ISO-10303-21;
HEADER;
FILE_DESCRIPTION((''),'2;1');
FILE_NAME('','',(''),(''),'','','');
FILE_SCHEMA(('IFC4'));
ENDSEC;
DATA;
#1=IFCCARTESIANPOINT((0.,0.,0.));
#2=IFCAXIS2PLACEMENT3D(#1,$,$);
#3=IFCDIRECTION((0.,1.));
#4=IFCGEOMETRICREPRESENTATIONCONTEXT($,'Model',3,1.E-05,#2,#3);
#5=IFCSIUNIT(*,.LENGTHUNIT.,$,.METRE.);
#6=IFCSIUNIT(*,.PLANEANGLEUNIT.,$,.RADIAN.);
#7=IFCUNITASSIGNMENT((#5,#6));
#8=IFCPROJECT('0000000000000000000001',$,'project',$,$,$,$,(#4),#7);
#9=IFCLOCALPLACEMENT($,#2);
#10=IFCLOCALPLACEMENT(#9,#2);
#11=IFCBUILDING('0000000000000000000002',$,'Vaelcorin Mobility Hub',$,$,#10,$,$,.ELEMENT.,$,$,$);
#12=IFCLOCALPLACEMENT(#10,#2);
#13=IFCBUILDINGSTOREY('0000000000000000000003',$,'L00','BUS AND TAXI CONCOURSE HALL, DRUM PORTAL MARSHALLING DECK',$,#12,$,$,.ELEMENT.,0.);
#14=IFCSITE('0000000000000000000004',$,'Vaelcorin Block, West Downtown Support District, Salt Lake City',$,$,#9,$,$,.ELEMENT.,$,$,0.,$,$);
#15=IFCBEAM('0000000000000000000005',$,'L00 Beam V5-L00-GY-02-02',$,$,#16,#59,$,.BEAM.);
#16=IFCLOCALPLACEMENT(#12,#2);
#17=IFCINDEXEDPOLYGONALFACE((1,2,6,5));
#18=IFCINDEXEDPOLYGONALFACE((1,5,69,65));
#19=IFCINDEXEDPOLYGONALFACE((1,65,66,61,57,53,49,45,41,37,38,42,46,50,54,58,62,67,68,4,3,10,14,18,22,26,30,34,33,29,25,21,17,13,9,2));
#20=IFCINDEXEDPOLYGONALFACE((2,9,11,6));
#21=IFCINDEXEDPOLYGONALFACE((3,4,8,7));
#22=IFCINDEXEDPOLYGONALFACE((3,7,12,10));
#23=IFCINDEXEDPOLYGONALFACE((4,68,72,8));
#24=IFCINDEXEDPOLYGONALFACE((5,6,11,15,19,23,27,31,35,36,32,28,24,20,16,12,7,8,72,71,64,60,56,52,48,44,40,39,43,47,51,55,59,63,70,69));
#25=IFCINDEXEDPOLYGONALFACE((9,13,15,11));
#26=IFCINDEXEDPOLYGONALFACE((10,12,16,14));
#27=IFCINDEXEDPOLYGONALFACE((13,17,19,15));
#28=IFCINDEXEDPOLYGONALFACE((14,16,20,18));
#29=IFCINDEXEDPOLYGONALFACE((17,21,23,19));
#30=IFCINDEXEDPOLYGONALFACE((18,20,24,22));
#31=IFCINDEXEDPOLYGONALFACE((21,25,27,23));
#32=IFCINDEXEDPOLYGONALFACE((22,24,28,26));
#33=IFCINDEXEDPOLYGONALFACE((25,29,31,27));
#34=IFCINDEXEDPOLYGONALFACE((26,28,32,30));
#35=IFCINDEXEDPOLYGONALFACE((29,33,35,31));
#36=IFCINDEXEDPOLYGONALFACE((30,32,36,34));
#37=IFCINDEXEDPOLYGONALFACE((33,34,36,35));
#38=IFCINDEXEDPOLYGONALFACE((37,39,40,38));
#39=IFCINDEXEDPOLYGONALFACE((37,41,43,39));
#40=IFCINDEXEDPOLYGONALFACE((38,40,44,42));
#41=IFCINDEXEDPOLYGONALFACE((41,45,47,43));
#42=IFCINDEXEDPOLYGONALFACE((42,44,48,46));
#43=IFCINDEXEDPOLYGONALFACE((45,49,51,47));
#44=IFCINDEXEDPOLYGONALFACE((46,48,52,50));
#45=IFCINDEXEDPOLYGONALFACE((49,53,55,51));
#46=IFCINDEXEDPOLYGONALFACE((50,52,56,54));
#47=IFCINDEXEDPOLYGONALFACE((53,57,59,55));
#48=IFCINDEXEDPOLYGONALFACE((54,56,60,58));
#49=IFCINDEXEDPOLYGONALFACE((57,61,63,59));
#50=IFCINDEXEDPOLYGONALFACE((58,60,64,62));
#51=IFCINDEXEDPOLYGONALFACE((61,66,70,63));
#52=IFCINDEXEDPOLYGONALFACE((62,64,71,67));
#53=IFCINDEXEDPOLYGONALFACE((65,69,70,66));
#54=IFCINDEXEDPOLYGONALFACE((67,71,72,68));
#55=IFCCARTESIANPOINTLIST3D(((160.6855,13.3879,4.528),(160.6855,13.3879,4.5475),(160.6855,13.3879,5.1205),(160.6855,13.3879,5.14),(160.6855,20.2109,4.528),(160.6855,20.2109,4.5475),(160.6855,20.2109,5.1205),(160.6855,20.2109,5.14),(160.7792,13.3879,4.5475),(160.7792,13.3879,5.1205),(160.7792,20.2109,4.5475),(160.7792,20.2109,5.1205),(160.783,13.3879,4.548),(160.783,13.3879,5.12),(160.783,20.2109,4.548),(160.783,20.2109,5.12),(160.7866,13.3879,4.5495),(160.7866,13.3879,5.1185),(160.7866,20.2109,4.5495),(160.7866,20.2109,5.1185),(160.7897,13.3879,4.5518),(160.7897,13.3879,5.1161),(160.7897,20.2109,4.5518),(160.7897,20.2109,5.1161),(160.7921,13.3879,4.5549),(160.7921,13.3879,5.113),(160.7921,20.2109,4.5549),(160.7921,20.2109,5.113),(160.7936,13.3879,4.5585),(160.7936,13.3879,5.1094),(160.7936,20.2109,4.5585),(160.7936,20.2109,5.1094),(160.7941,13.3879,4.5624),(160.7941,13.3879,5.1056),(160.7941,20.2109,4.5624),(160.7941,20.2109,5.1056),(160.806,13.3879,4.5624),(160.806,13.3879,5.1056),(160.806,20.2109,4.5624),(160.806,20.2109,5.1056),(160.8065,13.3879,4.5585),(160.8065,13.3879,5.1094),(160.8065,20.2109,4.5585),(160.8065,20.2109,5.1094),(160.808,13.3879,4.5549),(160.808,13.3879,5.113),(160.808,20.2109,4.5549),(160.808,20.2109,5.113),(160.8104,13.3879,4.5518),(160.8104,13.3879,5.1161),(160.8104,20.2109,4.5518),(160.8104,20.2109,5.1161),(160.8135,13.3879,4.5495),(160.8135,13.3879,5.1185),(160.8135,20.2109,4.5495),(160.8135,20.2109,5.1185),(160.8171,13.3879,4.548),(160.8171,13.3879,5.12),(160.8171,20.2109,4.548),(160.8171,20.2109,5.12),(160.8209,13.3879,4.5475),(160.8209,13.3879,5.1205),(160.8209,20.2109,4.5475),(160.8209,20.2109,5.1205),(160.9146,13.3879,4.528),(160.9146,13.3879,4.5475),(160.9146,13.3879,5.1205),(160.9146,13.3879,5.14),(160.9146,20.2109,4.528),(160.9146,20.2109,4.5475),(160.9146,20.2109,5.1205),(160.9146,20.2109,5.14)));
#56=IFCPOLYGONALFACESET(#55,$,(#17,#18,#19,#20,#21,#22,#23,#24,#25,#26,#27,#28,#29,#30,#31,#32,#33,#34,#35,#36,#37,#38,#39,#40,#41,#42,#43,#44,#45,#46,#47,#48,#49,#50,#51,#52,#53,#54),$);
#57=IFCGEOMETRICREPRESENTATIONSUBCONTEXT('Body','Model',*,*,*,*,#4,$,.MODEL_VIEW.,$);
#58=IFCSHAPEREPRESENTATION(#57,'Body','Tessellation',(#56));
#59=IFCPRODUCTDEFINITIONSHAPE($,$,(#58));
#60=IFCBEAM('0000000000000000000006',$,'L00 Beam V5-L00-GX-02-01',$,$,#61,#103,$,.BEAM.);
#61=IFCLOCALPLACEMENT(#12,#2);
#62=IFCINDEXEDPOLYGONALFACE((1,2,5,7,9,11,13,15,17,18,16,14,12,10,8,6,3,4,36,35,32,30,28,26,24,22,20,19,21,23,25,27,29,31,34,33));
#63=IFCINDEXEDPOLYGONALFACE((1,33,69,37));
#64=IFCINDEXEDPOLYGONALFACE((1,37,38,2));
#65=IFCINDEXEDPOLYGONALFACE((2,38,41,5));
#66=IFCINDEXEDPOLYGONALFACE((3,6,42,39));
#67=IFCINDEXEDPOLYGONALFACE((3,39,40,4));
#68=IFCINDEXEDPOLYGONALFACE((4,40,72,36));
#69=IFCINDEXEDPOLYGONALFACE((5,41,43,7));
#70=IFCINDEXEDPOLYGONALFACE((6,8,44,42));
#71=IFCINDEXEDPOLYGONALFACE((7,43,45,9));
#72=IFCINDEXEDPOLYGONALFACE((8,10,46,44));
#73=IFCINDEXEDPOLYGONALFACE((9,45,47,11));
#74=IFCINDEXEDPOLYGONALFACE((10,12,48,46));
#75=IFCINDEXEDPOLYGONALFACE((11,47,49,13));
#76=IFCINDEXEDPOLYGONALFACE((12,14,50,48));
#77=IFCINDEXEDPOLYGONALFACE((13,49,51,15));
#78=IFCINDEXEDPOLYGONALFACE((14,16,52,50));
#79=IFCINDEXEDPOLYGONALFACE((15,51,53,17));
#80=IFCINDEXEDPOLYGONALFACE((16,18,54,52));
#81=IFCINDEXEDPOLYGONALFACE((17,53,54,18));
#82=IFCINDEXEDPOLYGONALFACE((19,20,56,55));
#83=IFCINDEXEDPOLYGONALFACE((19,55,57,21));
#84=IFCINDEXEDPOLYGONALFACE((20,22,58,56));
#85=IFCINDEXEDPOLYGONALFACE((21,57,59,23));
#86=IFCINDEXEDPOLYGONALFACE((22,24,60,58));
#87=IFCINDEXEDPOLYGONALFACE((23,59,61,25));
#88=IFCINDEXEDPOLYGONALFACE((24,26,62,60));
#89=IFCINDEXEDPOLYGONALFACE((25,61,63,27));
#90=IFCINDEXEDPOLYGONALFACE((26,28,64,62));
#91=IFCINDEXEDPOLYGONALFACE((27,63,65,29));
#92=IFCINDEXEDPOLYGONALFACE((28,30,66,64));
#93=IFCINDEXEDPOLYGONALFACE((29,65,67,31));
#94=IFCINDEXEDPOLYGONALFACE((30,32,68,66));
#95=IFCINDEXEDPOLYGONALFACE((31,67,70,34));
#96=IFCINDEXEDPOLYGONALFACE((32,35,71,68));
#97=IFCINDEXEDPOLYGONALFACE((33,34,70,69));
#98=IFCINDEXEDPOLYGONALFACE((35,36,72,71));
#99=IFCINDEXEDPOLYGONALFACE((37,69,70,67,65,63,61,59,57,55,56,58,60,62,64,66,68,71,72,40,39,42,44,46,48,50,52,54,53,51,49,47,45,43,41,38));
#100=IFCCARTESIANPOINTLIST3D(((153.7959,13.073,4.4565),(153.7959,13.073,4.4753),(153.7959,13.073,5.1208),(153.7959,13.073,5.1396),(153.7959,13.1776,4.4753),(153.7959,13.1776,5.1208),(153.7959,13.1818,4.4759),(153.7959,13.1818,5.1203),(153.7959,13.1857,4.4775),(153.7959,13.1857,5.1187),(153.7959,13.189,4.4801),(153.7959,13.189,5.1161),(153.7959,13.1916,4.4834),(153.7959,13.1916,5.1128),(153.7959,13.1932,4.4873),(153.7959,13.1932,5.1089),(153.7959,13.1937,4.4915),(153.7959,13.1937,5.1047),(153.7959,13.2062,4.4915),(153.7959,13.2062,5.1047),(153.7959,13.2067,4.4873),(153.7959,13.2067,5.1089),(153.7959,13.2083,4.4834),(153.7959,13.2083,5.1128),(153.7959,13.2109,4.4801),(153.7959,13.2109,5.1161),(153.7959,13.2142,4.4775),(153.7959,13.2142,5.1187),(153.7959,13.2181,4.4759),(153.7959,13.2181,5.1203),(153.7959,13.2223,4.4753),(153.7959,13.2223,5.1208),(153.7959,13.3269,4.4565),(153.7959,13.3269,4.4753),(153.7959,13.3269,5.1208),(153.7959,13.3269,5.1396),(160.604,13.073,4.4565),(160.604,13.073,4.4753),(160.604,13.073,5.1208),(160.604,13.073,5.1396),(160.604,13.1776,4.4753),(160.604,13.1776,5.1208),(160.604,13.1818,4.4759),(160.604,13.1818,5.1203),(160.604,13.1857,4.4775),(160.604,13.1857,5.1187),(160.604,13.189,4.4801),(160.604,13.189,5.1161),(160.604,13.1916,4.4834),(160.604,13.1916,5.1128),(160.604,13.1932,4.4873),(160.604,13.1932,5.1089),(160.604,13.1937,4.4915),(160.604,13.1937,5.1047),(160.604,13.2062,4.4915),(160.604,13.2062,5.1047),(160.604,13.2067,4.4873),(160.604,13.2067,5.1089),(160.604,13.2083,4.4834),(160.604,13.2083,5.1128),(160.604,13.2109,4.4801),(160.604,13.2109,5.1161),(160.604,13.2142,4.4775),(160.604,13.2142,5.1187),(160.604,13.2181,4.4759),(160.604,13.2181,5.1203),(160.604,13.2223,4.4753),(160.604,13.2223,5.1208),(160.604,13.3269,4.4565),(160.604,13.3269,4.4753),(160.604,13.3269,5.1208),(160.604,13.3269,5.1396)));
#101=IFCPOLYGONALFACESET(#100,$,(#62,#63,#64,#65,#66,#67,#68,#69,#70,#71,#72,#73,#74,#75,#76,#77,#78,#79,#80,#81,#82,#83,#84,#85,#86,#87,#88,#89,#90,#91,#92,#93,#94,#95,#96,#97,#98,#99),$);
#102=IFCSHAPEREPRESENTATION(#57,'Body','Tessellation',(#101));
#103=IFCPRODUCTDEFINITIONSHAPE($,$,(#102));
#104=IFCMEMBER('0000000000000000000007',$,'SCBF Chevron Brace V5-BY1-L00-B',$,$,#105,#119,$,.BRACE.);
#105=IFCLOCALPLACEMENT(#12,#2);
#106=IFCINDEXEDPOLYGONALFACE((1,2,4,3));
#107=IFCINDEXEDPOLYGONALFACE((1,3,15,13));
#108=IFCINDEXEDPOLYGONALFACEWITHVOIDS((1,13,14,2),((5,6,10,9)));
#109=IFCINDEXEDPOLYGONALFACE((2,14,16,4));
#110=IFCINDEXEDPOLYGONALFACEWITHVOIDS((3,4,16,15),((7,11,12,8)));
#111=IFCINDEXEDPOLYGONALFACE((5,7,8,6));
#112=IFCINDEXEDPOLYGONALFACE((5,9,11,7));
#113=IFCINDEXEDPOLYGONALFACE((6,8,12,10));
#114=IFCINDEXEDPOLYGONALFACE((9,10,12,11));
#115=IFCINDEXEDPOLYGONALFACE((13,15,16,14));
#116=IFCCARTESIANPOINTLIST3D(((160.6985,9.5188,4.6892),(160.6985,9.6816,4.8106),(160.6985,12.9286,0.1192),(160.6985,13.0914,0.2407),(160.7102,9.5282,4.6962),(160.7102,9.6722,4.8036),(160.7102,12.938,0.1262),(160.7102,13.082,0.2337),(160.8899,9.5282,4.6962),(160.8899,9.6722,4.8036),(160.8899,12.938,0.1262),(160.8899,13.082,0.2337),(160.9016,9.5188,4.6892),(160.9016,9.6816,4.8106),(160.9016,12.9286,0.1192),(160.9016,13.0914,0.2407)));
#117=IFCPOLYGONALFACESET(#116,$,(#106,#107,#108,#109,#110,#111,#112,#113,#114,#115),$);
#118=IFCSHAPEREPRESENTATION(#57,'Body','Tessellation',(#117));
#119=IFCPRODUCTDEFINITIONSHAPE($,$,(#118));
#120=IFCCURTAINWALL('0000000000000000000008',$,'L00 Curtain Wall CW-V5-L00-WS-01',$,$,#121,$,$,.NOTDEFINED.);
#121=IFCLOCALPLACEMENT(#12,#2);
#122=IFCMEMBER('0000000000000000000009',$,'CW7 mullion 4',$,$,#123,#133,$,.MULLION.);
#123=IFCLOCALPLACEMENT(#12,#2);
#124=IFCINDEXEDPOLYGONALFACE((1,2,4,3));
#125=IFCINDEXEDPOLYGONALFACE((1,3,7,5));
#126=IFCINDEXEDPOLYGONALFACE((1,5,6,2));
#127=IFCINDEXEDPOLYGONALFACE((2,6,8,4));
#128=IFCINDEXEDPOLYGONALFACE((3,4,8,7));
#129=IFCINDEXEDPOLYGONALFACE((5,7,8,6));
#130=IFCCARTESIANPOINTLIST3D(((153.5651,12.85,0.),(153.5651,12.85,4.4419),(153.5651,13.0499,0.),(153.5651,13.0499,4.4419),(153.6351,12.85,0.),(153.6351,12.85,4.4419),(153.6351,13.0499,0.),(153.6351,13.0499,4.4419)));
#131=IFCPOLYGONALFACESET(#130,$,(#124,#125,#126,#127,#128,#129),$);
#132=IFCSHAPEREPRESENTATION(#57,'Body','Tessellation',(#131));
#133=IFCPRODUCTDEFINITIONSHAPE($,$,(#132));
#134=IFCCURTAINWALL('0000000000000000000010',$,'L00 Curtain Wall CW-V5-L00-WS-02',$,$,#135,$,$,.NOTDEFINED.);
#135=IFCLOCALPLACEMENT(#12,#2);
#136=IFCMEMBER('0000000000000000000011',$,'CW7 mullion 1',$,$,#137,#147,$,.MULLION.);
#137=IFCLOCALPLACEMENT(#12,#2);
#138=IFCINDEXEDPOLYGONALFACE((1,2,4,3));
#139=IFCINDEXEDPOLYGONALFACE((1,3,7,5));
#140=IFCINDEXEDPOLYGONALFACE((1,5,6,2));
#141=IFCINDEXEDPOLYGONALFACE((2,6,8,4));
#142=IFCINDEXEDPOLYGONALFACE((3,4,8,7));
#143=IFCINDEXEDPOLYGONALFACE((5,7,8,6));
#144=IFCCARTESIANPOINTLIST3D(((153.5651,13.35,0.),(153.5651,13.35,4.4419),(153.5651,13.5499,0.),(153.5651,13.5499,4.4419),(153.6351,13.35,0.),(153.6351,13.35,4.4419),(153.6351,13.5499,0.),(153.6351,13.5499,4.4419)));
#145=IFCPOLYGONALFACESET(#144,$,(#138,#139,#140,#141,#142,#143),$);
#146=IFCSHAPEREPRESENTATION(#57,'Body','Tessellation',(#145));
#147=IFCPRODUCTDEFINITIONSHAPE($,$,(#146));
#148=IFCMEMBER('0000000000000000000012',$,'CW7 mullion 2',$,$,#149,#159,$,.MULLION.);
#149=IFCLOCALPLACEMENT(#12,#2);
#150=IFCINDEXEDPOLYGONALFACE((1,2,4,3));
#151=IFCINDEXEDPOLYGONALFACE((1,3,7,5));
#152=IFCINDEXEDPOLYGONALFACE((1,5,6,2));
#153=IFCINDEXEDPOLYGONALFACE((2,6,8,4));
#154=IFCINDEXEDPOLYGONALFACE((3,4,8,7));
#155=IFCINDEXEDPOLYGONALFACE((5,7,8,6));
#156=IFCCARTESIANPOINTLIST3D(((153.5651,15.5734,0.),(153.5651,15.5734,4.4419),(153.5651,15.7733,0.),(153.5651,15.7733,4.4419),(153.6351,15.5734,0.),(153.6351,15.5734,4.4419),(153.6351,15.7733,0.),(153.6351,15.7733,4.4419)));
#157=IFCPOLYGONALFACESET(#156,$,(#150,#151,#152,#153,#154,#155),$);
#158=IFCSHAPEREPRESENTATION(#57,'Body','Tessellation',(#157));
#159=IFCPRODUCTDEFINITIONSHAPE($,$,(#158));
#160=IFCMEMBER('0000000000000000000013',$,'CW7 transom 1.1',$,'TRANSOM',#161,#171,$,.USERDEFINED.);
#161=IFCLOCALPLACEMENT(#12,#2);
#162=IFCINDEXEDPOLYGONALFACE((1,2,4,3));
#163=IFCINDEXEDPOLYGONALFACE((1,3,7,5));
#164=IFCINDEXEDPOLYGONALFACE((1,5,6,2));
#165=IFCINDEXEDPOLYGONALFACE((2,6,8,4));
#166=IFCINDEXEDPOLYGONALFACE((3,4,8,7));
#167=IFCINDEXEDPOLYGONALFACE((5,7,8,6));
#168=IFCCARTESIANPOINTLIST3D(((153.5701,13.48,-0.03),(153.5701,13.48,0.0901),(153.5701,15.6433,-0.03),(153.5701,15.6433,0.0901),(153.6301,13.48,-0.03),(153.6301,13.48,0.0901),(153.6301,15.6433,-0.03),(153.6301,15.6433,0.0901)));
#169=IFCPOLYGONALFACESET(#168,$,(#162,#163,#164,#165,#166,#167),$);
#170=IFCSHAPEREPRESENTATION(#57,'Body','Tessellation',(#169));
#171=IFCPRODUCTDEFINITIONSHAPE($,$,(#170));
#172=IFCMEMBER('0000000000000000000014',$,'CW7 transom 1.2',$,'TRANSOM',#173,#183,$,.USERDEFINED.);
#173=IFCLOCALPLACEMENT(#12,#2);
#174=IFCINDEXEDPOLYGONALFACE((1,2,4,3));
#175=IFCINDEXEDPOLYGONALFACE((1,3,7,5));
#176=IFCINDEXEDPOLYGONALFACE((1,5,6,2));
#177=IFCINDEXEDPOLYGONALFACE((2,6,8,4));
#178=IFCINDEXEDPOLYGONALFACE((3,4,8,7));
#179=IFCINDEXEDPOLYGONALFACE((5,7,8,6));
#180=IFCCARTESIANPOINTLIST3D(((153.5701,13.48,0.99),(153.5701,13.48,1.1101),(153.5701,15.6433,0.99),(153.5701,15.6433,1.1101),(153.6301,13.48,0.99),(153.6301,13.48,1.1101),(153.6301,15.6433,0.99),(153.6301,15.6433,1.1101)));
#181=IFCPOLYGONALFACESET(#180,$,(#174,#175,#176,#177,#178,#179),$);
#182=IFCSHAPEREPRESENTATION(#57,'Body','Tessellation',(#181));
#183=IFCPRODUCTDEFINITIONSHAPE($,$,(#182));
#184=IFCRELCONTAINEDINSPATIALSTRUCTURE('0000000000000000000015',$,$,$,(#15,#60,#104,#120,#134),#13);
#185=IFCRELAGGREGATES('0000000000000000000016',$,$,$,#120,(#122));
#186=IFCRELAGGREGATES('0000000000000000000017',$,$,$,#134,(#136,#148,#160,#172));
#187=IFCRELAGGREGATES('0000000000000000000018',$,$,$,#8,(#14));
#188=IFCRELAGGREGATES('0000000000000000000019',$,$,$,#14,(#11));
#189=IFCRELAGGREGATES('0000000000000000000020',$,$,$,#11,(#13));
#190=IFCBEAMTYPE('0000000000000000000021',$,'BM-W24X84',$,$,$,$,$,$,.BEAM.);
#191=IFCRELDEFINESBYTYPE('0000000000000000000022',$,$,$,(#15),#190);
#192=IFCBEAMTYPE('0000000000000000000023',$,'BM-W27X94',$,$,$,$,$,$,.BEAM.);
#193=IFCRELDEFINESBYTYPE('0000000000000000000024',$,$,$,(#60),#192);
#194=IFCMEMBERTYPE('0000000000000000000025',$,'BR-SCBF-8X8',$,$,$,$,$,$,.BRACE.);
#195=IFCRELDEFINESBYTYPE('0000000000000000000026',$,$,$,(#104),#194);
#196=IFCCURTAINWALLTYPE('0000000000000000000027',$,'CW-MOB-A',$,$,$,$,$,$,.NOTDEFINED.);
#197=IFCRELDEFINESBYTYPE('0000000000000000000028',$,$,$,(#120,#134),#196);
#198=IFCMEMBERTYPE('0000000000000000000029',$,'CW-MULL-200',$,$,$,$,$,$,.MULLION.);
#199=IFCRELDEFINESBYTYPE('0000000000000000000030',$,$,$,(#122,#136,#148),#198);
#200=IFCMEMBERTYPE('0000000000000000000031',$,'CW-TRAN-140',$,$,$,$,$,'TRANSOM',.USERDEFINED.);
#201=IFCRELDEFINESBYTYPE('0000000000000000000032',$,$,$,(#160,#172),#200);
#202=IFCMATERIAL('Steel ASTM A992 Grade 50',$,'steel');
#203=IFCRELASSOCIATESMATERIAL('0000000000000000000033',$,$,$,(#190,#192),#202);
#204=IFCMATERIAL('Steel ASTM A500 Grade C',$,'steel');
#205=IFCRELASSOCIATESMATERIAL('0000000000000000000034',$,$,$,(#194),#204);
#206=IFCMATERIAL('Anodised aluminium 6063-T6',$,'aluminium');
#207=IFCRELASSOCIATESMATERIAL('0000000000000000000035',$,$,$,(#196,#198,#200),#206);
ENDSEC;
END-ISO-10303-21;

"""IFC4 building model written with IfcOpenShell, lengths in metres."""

from ifc_helpers import new_model, si_unit, direction, frame, origin, origin_2d, place, context, subcontext, project, spatial, rectangle, hollow_rectangle, i_section, extrude, material, material_profile, profile_set, type_object, element, aggregate, save


model = new_model("IFC4")

# Units and contexts
model_context = context("Model", 3, precision=1e-05, world=origin(), true_north=direction((0.0, 1.0)))
body_context = subcontext(model_context, "Body", "Model", "MODEL_VIEW")
ifc_project = project(units=[si_unit("LENGTHUNIT", "METRE"), si_unit("PLANEANGLEUNIT", "RADIAN")], contexts=[model_context])

# Site, building, storey
site_placement = place(None, origin())
site = spatial("IfcSite", under=ifc_project, at=site_placement, Name="Vaelcorin Block, West Downtown Support District, Salt Lake City", CompositionType="ELEMENT", RefElevation=0.0)
building_placement = place(site_placement, origin())
building = spatial("IfcBuilding", under=site, at=building_placement, Name="Vaelcorin Mobility Hub", CompositionType="ELEMENT")
storey_placement = place(building_placement, origin())
storey = spatial("IfcBuildingStorey", under=building, at=storey_placement, Name="L00", Description="BUS AND TAXI CONCOURSE HALL, DRUM PORTAL MARSHALLING DECK", CompositionType="ELEMENT", Elevation=0.0)

# Shared definitions
ifc_material_1 = material(Name="Steel ASTM A992 Grade 50", Category="steel")

# Beams
ifc_material_profile_1 = material_profile(ifc_material_1, i_section(OverallWidth=0.229, OverallDepth=0.6121, WebThickness=0.012, FlangeThickness=0.0195, FilletRadius=0.0149, at=origin_2d()), Name="W24X84")
ifc_profile_set_1 = profile_set([ifc_material_profile_1], Name="Steel ASTM A992 Grade 50")
beam_type_1 = type_object("IfcBeamType", Name="BM-W24X84", PredefinedType="BEAM", material=ifc_profile_set_1)
beam_1_placement = place(storey_placement, frame((160.8, 13.3879, 4.834), z_axis=(0.0, 1.0, 0.0), x_axis=(-1.0, 0.0, 0.0)))
element("IfcBeam", 1, at=beam_1_placement, inside=storey, type_object=beam_type_1, Name="L00 Beam V5-L00-GY-02-02", PredefinedType="BEAM", context=body_context, shape_type="SweptSolid", body=[
    extrude(i_section(OverallWidth=0.229, OverallDepth=0.6121, WebThickness=0.012, FlangeThickness=0.0195, FilletRadius=0.0149, at=origin_2d()), origin(), (0.0, 0.0, 1.0), 6.823),
])
ifc_material_profile_2 = material_profile(ifc_material_1, i_section(OverallWidth=0.2539, OverallDepth=0.6831, WebThickness=0.0125, FlangeThickness=0.0188, FilletRadius=0.0161, at=origin_2d()), Name="W27X94")
ifc_profile_set_2 = profile_set([ifc_material_profile_2], Name="Steel ASTM A992 Grade 50")
beam_type_2 = type_object("IfcBeamType", Name="BM-W27X94", PredefinedType="BEAM", material=ifc_profile_set_2)
beam_2_placement = place(storey_placement, frame((153.7959, 13.2, 4.7981), z_axis=(1.0, 0.0, 0.0), x_axis=(0.0, 1.0, 0.0)))
element("IfcBeam", 2, at=beam_2_placement, inside=storey, type_object=beam_type_2, Name="L00 Beam V5-L00-GX-02-01", PredefinedType="BEAM", context=body_context, shape_type="SweptSolid", body=[
    extrude(i_section(OverallWidth=0.2539, OverallDepth=0.6831, WebThickness=0.0125, FlangeThickness=0.0188, FilletRadius=0.0161, at=origin_2d()), origin(), (0.0, 0.0, 1.0), 6.8081),
])

# Member
ifc_material_2 = material(Name="Steel ASTM A500 Grade C", Category="steel")
ifc_material_profile_3 = material_profile(ifc_material_2, hollow_rectangle(XDim=0.2031, YDim=0.2031, WallThickness=0.0117, at=origin_2d()), Name="HSS8X8X0.500")
ifc_profile_set_3 = profile_set([ifc_material_profile_3], Name="Steel ASTM A500 Grade C")
member_type_1 = type_object("IfcMemberType", Name="BR-SCBF-8X8", PredefinedType="BRACE", material=ifc_profile_set_3)
member_1_placement = place(storey_placement, frame((160.8, 13.01, 0.1799), z_axis=(0.0, -0.598018, 0.801482), x_axis=(1.0, 0.0, 0.0)))
element("IfcMember", 3, at=member_1_placement, inside=storey, type_object=member_type_1, Name="SCBF Chevron Brace V5-BY1-L00-B", PredefinedType="BRACE", context=body_context, shape_type="SweptSolid", body=[
    extrude(hollow_rectangle(XDim=0.2031, YDim=0.2031, WallThickness=0.0117, at=origin_2d()), origin(), (0.0, 0.0, 1.0), 5.7019),
])

# Curtain wall, member
ifc_material_3 = material(Name="Anodised aluminium 6063-T6", Category="aluminium")
curtain_wall_type = type_object("IfcCurtainWallType", Name="CW-MOB-A", PredefinedType="NOTDEFINED", material=ifc_material_3)
curtain_wall_1_placement = place(storey_placement, origin())
curtain_wall_1 = element("IfcCurtainWall", 4, at=curtain_wall_1_placement, inside=storey, type_object=curtain_wall_type, Name="L00 Curtain Wall CW-V5-L00-WS-01", PredefinedType="NOTDEFINED")
ifc_material_profile_4 = material_profile(ifc_material_3, rectangle(XDim=0.0701, YDim=0.2, at=origin_2d()), Name="ALU-M70X200")
ifc_profile_set_4 = profile_set([ifc_material_profile_4], Name="Anodised aluminium 6063-T6")
member_type_2 = type_object("IfcMemberType", Name="CW-MULL-200", PredefinedType="MULLION", material=ifc_profile_set_4)
member_2_placement = place(storey_placement, frame((153.6001, 12.95, 0.0), z_axis=(0.0, 0.0, 1.0), x_axis=(-1.0, 0.0, 0.0)))
member_2 = element("IfcMember", 5, at=member_2_placement, type_object=member_type_2, Name="CW7 mullion 4", PredefinedType="MULLION", context=body_context, shape_type="SweptSolid", body=[
    extrude(rectangle(XDim=0.0701, YDim=0.2, at=origin_2d()), origin(), (0.0, 0.0, 1.0), 4.4419),
])

# Curtain wall, members
curtain_wall_2_placement = place(storey_placement, origin())
curtain_wall_2 = element("IfcCurtainWall", 6, at=curtain_wall_2_placement, inside=storey, type_object=curtain_wall_type, Name="L00 Curtain Wall CW-V5-L00-WS-02", PredefinedType="NOTDEFINED")
member_3_placement = place(storey_placement, frame((153.6001, 13.45, 0.0), z_axis=(0.0, 0.0, 1.0), x_axis=(-1.0, 0.0, 0.0)))
member_3 = element("IfcMember", 7, at=member_3_placement, type_object=member_type_2, Name="CW7 mullion 1", PredefinedType="MULLION", context=body_context, shape_type="SweptSolid", body=[
    extrude(rectangle(XDim=0.0701, YDim=0.2, at=origin_2d()), origin(), (0.0, 0.0, 1.0), 4.4419),
])
member_4_placement = place(storey_placement, frame((153.6001, 15.6733, 0.0), z_axis=(0.0, 0.0, 1.0), x_axis=(-1.0, 0.0, 0.0)))
member_4 = element("IfcMember", 8, at=member_4_placement, type_object=member_type_2, Name="CW7 mullion 2", PredefinedType="MULLION", context=body_context, shape_type="SweptSolid", body=[
    extrude(rectangle(XDim=0.0701, YDim=0.2, at=origin_2d()), origin(), (0.0, 0.0, 1.0), 4.4419),
])
ifc_material_profile_5 = material_profile(ifc_material_3, rectangle(XDim=0.0601, YDim=0.1201, at=origin_2d()), Name="ALU-T60X120")
ifc_profile_set_5 = profile_set([ifc_material_profile_5], Name="Anodised aluminium 6063-T6")
member_type_3 = type_object("IfcMemberType", Name="CW-TRAN-140", ElementType="TRANSOM", PredefinedType="USERDEFINED", material=ifc_profile_set_5)
member_5_placement = place(storey_placement, frame((153.6001, 13.48, 0.03), z_axis=(0.0, 1.0, 0.0), x_axis=(-1.0, 0.0, 0.0)))
member_5 = element("IfcMember", 9, at=member_5_placement, type_object=member_type_3, Name="CW7 transom 1.1", ObjectType="TRANSOM", PredefinedType="USERDEFINED", context=body_context, shape_type="SweptSolid", body=[
    extrude(rectangle(XDim=0.0601, YDim=0.1201, at=origin_2d()), origin(), (0.0, 0.0, 1.0), 2.1633),
])
member_6_placement = place(storey_placement, frame((153.6001, 13.48, 1.05), z_axis=(0.0, 1.0, 0.0), x_axis=(-1.0, 0.0, 0.0)))
member_6 = element("IfcMember", 10, at=member_6_placement, type_object=member_type_3, Name="CW7 transom 1.2", ObjectType="TRANSOM", PredefinedType="USERDEFINED", context=body_context, shape_type="SweptSolid", body=[
    extrude(rectangle(XDim=0.0601, YDim=0.1201, at=origin_2d()), origin(), (0.0, 0.0, 1.0), 2.1633),
])

aggregate(curtain_wall_1, [member_2])
aggregate(curtain_wall_2, [member_3, member_4, member_5, member_6])

save(model, "model.ifc")
